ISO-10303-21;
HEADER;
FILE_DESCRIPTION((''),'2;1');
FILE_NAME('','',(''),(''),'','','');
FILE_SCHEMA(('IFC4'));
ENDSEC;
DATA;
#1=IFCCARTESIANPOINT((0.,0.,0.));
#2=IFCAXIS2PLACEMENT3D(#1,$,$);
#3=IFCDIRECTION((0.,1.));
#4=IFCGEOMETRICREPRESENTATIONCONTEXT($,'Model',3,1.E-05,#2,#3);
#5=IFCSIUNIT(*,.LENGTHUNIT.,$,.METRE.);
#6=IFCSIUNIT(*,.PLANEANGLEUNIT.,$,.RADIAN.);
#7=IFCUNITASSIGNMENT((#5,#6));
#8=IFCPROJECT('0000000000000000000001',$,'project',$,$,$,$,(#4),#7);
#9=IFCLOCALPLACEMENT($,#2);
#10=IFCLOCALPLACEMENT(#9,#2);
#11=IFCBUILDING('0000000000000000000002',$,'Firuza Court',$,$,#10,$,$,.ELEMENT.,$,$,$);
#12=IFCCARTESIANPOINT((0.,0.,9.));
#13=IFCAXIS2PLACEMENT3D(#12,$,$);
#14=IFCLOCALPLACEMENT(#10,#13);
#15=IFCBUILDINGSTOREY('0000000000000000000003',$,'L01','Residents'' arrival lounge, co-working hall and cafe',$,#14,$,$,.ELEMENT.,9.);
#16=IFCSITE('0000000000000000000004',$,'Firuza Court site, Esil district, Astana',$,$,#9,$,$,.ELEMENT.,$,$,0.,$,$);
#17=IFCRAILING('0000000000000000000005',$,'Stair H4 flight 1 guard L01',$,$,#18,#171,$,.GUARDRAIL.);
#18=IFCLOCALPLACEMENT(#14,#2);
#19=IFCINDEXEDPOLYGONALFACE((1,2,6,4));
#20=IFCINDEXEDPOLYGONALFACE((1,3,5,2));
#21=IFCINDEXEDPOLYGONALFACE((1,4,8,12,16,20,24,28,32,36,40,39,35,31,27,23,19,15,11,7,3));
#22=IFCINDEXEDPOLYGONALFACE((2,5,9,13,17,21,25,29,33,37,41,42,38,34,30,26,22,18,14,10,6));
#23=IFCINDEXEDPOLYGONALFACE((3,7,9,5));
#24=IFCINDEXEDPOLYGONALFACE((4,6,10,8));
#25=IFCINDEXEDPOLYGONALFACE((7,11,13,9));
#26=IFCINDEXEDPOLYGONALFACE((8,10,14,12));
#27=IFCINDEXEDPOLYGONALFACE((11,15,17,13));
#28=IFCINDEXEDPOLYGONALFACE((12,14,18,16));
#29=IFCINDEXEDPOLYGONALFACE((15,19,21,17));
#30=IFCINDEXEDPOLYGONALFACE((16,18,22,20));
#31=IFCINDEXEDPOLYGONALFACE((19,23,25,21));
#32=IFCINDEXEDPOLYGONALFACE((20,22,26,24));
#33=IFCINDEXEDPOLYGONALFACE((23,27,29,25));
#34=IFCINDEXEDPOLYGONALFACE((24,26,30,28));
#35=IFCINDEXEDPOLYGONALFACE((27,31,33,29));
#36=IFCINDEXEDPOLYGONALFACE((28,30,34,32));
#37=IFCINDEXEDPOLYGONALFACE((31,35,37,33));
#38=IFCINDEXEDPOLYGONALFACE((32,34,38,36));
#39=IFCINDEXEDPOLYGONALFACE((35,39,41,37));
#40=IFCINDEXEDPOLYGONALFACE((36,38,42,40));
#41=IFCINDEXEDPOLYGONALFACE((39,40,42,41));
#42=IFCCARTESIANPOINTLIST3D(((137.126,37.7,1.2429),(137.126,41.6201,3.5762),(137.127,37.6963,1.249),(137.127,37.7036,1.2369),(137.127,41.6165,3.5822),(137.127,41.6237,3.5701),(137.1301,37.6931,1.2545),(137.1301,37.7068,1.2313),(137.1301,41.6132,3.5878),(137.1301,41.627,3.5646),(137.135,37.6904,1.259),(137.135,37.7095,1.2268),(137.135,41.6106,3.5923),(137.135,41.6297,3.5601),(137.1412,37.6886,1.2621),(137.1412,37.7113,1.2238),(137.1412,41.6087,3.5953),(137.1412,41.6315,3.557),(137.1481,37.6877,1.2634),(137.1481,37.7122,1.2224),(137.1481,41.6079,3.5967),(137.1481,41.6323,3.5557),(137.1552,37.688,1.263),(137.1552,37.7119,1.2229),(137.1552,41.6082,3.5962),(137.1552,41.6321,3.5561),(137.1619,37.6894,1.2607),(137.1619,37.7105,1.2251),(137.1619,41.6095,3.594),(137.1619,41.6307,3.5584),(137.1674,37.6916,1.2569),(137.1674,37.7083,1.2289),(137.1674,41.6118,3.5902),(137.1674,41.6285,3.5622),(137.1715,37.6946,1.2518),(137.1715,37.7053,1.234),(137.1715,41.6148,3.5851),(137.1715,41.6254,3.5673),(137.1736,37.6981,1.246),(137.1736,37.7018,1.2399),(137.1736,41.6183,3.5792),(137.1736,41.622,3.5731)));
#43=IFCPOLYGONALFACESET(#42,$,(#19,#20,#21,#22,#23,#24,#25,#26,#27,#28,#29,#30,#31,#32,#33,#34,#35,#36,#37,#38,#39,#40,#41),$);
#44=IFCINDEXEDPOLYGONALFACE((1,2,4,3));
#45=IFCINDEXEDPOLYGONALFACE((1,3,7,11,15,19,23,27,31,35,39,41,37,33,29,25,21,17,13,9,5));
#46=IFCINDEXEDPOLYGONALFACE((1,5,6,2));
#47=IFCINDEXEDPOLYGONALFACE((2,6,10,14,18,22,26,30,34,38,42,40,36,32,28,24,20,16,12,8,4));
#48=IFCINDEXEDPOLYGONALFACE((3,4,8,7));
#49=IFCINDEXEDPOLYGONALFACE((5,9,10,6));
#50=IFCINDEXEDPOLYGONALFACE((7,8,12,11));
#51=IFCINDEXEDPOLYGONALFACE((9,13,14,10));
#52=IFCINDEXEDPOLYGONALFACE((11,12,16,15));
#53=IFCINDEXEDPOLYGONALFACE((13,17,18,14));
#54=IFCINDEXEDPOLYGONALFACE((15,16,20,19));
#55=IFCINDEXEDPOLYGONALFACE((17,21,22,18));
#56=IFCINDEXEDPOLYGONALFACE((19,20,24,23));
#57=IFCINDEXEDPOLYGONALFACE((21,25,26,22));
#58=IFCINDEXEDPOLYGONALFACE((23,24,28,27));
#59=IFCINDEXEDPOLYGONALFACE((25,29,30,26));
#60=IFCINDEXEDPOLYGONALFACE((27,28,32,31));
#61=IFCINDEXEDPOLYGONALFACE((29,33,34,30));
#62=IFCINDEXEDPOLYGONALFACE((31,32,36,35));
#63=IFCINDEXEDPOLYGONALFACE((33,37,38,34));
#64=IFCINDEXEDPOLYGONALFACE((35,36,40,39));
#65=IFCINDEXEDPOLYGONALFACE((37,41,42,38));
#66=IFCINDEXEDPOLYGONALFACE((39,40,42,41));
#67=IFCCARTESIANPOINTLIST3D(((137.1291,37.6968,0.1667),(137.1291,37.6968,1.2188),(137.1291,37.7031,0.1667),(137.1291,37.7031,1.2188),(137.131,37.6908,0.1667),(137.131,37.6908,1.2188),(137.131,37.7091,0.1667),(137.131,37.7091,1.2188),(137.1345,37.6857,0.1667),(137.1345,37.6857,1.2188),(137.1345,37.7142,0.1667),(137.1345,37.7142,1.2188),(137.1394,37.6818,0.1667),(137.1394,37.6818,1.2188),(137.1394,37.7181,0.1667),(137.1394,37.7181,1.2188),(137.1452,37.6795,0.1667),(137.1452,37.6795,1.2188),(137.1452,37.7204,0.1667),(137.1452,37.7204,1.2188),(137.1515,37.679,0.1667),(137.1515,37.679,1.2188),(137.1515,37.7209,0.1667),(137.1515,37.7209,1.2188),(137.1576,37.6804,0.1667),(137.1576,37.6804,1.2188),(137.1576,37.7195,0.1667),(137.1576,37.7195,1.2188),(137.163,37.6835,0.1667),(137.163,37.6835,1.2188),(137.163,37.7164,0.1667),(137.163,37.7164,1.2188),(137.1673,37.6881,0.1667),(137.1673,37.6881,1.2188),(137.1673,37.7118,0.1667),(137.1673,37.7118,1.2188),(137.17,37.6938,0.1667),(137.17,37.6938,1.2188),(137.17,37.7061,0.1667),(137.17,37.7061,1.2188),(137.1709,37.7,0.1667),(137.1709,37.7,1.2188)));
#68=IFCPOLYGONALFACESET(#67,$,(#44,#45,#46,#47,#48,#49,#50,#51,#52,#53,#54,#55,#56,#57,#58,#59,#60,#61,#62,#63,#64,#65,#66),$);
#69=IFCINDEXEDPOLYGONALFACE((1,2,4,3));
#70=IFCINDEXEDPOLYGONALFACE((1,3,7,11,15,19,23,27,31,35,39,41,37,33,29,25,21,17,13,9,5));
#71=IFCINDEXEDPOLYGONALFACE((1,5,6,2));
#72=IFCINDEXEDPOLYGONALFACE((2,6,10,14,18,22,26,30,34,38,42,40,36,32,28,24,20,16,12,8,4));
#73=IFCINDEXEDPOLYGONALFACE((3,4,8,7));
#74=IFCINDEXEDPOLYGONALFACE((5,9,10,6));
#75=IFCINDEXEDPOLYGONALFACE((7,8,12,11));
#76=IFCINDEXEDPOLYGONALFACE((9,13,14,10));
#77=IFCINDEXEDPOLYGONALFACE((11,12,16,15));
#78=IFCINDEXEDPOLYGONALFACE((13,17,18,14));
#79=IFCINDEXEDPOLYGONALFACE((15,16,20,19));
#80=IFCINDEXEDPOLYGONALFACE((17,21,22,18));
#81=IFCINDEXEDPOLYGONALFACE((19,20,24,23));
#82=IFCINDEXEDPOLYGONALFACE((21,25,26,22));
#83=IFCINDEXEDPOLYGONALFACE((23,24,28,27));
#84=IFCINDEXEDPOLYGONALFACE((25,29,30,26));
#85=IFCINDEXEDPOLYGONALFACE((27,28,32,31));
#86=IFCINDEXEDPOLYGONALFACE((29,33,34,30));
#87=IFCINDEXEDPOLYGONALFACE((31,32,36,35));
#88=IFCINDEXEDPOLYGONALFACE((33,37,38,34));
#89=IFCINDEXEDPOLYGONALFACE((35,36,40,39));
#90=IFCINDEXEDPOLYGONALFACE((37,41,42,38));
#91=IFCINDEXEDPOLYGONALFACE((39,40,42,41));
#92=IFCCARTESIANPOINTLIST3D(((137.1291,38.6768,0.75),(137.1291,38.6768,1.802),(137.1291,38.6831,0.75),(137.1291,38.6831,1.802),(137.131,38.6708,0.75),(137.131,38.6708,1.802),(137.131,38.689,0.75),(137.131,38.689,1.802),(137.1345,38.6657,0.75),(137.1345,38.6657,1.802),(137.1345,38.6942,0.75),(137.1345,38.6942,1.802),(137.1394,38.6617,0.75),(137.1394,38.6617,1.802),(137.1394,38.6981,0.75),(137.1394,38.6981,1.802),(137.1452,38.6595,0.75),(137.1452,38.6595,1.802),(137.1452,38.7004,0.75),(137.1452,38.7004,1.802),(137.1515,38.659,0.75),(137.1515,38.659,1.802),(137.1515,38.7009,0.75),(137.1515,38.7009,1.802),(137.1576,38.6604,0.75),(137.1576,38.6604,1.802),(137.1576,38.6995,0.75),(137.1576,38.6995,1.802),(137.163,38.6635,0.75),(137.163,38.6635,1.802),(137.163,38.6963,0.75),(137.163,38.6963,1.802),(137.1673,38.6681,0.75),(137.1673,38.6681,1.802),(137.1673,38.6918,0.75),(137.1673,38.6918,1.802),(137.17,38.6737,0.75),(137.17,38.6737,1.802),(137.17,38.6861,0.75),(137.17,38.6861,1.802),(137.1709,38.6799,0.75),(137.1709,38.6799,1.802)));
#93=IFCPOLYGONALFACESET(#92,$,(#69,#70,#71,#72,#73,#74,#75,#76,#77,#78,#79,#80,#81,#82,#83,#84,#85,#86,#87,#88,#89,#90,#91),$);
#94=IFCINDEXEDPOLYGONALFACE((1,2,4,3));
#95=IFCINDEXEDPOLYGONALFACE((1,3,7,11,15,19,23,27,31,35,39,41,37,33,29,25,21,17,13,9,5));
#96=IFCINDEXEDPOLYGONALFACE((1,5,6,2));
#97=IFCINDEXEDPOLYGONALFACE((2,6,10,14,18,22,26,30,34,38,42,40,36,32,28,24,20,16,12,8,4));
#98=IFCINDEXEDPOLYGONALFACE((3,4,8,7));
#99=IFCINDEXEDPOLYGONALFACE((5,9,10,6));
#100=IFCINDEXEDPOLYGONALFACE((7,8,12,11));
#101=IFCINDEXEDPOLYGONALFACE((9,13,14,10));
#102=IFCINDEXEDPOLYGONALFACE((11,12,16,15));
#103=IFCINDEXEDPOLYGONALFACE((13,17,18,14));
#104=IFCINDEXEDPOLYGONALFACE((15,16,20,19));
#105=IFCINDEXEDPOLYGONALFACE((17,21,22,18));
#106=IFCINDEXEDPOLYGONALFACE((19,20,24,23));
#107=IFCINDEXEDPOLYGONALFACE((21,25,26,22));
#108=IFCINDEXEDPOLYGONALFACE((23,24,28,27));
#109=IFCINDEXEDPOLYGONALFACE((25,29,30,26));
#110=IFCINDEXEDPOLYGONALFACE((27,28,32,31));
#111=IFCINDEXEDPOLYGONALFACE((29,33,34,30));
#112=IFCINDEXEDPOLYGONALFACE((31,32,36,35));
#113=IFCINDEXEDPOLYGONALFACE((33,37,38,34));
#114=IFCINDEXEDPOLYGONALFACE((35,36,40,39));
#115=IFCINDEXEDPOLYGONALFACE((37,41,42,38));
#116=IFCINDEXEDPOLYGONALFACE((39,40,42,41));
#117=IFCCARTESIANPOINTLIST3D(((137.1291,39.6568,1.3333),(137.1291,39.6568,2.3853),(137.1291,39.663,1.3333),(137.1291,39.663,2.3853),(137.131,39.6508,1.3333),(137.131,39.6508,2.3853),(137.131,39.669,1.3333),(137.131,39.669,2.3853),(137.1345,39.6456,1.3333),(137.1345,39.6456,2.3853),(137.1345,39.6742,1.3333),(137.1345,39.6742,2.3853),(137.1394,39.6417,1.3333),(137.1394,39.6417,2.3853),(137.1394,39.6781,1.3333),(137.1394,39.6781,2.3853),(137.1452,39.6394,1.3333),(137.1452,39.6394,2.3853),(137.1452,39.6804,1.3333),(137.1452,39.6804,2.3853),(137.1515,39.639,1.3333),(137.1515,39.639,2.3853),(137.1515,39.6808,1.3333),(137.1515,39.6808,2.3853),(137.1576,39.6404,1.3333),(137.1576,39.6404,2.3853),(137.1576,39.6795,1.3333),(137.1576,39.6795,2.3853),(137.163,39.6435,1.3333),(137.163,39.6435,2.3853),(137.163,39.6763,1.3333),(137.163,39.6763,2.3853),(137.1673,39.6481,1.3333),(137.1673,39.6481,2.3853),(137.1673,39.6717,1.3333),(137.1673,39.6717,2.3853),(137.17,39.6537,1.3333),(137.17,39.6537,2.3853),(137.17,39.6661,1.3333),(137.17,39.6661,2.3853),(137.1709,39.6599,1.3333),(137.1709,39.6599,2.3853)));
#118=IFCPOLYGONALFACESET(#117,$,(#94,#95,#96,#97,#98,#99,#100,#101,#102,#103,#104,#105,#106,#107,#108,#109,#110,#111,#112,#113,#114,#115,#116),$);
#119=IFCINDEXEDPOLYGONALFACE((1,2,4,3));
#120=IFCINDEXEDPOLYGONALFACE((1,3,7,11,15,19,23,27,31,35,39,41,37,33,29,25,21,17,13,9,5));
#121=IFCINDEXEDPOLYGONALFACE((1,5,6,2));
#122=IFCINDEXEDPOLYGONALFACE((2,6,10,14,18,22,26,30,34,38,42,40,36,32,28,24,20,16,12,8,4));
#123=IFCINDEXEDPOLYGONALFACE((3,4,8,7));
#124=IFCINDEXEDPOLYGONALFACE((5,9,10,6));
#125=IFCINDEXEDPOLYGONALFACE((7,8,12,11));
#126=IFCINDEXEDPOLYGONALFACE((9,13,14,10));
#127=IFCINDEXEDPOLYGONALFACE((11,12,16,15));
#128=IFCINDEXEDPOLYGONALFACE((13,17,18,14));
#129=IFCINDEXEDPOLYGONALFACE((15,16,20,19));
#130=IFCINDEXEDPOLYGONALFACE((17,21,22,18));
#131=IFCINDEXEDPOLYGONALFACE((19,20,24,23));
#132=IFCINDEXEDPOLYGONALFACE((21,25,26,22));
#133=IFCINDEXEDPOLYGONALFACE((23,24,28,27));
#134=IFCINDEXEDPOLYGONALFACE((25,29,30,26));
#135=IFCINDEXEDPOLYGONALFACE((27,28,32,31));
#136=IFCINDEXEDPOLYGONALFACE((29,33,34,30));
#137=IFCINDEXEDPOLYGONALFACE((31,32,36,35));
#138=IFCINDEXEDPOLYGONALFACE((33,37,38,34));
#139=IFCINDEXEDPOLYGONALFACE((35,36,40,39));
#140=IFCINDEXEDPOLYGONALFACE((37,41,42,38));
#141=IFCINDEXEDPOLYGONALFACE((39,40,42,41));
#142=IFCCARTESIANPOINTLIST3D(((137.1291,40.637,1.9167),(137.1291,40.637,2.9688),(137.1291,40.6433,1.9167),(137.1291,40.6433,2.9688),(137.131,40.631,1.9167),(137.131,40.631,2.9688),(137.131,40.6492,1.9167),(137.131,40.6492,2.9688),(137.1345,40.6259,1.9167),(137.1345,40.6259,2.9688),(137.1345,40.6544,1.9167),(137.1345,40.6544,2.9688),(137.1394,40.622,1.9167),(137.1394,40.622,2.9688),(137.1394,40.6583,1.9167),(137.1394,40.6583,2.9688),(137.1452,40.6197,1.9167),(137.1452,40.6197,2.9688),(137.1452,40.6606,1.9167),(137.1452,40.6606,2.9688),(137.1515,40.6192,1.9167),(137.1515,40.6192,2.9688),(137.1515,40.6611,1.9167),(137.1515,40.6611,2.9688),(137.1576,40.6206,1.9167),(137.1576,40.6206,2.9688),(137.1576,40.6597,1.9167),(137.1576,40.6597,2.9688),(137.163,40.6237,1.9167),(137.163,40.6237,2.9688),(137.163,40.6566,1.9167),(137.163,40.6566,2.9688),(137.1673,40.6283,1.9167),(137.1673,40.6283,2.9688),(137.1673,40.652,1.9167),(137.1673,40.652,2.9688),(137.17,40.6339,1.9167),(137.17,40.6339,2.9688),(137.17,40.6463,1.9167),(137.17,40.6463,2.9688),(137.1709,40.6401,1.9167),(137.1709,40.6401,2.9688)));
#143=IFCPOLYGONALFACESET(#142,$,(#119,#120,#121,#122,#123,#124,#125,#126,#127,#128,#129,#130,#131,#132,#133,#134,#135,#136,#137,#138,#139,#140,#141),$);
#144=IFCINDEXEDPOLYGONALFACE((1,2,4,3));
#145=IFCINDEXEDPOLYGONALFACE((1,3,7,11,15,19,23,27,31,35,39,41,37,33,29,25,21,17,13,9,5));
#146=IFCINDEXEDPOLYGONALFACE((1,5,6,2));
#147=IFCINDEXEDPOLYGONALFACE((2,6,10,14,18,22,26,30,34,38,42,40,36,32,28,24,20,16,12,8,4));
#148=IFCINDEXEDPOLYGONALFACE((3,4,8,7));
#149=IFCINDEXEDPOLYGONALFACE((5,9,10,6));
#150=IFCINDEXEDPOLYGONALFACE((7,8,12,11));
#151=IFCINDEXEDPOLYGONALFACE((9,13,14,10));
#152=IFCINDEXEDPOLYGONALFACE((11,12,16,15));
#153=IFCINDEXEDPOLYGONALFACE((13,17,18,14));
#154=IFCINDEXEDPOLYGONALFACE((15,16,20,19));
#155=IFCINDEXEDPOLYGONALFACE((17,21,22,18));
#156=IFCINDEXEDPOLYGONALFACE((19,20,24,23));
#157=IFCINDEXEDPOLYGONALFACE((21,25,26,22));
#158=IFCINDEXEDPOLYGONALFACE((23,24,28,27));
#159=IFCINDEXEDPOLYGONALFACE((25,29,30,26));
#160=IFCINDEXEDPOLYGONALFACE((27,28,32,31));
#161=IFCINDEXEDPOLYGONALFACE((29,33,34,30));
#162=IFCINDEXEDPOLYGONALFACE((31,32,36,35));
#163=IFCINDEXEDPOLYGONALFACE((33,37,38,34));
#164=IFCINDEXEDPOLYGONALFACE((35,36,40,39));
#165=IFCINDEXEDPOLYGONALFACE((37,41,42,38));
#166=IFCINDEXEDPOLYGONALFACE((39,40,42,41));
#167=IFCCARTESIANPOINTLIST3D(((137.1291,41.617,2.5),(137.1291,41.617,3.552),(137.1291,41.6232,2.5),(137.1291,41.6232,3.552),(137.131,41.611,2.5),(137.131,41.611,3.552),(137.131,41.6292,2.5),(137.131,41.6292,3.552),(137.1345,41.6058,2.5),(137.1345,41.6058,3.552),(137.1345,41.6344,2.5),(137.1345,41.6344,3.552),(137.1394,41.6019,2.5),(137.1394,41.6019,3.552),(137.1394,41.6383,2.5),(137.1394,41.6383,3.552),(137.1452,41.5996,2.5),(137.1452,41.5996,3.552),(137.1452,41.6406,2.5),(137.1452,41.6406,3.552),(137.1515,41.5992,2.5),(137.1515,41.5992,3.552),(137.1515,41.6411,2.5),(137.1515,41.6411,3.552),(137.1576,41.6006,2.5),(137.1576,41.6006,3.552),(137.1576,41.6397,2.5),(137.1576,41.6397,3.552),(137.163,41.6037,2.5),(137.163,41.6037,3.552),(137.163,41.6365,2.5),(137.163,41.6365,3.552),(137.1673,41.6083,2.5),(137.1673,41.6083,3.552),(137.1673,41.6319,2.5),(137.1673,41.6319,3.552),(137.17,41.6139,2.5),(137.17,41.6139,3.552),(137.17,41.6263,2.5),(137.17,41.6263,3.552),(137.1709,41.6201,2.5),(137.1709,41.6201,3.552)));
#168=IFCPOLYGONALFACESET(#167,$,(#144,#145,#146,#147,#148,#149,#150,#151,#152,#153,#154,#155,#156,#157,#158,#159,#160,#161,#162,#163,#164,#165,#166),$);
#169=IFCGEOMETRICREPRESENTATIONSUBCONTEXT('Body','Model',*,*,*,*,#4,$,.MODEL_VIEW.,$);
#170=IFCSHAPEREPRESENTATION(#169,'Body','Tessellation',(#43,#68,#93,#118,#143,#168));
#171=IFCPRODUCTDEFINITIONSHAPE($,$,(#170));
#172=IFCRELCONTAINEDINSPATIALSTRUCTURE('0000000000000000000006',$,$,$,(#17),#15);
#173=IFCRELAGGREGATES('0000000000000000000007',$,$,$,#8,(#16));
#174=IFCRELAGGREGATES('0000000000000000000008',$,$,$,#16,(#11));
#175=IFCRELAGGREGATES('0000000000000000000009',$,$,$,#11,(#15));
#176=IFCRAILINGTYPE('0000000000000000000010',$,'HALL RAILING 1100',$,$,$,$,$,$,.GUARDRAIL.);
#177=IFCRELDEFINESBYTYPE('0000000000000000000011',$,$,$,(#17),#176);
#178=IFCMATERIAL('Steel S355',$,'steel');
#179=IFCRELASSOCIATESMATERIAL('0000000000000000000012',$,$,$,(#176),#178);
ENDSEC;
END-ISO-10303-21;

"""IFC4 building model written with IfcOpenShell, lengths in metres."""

from ifc_helpers import new_model, si_unit, direction, frame, origin, origin_2d, place, context, subcontext, project, spatial, circle, extrude, material, type_object, element, save


model = new_model("IFC4")

# Units and contexts
model_context = context("Model", 3, precision=1e-05, world=origin(), true_north=direction((0.0, 1.0)))
body_context = subcontext(model_context, "Body", "Model", "MODEL_VIEW")
ifc_project = project(units=[si_unit("LENGTHUNIT", "METRE"), si_unit("PLANEANGLEUNIT", "RADIAN")], contexts=[model_context])

# Site, building, storey
site_placement = place(None, origin())
site = spatial("IfcSite", under=ifc_project, at=site_placement, Name="Firuza Court site, Esil district, Astana", CompositionType="ELEMENT", RefElevation=0.0)
building_placement = place(site_placement, origin())
building = spatial("IfcBuilding", under=site, at=building_placement, Name="Firuza Court", CompositionType="ELEMENT")
storey_placement = place(building_placement, frame((0.0, 0.0, 9.0)))
storey = spatial("IfcBuildingStorey", under=building, at=storey_placement, Name="L01", Description="Residents' arrival lounge, co-working hall and cafe", CompositionType="ELEMENT", Elevation=9.0)

# Railing
ifc_material_1 = material(Name="Steel S355", Category="steel")
railing_type_1 = type_object("IfcRailingType", Name="HALL RAILING 1100", PredefinedType="GUARDRAIL", material=ifc_material_1)
railing_1_placement = place(storey_placement, frame((137.1499, 37.7, 0.1667)))
element("IfcRailing", 1, at=railing_1_placement, inside=storey, type_object=railing_type_1, Name="Stair H4 flight 1 guard L01", PredefinedType="GUARDRAIL", context=body_context, shape_type="SweptSolid", body=[
    extrude(circle(Radius=0.0239, at=origin_2d()), frame((0.0, 0.0, 1.0762), z_axis=(0.0, 0.85931, 0.511455), x_axis=(-1.0, 0.0, 0.0)), (0.0, 0.0, 1.0), 4.562),
    extrude(circle(Radius=0.021, at=origin_2d()), origin(), (0.0, 0.0, 1.0), 1.052),
    extrude(circle(Radius=0.021, at=origin_2d()), frame((0.0, 0.98, 0.5833)), (0.0, 0.0, 1.0), 1.052),
    extrude(circle(Radius=0.021, at=origin_2d()), frame((0.0, 1.96, 1.1665)), (0.0, 0.0, 1.0), 1.052),
    extrude(circle(Radius=0.021, at=origin_2d()), frame((0.0, 2.9402, 1.75)), (0.0, 0.0, 1.0), 1.052),
    extrude(circle(Radius=0.021, at=origin_2d()), frame((0.0, 3.9202, 2.3333)), (0.0, 0.0, 1.0), 1.052),
])

save(model, "model.ifc")
